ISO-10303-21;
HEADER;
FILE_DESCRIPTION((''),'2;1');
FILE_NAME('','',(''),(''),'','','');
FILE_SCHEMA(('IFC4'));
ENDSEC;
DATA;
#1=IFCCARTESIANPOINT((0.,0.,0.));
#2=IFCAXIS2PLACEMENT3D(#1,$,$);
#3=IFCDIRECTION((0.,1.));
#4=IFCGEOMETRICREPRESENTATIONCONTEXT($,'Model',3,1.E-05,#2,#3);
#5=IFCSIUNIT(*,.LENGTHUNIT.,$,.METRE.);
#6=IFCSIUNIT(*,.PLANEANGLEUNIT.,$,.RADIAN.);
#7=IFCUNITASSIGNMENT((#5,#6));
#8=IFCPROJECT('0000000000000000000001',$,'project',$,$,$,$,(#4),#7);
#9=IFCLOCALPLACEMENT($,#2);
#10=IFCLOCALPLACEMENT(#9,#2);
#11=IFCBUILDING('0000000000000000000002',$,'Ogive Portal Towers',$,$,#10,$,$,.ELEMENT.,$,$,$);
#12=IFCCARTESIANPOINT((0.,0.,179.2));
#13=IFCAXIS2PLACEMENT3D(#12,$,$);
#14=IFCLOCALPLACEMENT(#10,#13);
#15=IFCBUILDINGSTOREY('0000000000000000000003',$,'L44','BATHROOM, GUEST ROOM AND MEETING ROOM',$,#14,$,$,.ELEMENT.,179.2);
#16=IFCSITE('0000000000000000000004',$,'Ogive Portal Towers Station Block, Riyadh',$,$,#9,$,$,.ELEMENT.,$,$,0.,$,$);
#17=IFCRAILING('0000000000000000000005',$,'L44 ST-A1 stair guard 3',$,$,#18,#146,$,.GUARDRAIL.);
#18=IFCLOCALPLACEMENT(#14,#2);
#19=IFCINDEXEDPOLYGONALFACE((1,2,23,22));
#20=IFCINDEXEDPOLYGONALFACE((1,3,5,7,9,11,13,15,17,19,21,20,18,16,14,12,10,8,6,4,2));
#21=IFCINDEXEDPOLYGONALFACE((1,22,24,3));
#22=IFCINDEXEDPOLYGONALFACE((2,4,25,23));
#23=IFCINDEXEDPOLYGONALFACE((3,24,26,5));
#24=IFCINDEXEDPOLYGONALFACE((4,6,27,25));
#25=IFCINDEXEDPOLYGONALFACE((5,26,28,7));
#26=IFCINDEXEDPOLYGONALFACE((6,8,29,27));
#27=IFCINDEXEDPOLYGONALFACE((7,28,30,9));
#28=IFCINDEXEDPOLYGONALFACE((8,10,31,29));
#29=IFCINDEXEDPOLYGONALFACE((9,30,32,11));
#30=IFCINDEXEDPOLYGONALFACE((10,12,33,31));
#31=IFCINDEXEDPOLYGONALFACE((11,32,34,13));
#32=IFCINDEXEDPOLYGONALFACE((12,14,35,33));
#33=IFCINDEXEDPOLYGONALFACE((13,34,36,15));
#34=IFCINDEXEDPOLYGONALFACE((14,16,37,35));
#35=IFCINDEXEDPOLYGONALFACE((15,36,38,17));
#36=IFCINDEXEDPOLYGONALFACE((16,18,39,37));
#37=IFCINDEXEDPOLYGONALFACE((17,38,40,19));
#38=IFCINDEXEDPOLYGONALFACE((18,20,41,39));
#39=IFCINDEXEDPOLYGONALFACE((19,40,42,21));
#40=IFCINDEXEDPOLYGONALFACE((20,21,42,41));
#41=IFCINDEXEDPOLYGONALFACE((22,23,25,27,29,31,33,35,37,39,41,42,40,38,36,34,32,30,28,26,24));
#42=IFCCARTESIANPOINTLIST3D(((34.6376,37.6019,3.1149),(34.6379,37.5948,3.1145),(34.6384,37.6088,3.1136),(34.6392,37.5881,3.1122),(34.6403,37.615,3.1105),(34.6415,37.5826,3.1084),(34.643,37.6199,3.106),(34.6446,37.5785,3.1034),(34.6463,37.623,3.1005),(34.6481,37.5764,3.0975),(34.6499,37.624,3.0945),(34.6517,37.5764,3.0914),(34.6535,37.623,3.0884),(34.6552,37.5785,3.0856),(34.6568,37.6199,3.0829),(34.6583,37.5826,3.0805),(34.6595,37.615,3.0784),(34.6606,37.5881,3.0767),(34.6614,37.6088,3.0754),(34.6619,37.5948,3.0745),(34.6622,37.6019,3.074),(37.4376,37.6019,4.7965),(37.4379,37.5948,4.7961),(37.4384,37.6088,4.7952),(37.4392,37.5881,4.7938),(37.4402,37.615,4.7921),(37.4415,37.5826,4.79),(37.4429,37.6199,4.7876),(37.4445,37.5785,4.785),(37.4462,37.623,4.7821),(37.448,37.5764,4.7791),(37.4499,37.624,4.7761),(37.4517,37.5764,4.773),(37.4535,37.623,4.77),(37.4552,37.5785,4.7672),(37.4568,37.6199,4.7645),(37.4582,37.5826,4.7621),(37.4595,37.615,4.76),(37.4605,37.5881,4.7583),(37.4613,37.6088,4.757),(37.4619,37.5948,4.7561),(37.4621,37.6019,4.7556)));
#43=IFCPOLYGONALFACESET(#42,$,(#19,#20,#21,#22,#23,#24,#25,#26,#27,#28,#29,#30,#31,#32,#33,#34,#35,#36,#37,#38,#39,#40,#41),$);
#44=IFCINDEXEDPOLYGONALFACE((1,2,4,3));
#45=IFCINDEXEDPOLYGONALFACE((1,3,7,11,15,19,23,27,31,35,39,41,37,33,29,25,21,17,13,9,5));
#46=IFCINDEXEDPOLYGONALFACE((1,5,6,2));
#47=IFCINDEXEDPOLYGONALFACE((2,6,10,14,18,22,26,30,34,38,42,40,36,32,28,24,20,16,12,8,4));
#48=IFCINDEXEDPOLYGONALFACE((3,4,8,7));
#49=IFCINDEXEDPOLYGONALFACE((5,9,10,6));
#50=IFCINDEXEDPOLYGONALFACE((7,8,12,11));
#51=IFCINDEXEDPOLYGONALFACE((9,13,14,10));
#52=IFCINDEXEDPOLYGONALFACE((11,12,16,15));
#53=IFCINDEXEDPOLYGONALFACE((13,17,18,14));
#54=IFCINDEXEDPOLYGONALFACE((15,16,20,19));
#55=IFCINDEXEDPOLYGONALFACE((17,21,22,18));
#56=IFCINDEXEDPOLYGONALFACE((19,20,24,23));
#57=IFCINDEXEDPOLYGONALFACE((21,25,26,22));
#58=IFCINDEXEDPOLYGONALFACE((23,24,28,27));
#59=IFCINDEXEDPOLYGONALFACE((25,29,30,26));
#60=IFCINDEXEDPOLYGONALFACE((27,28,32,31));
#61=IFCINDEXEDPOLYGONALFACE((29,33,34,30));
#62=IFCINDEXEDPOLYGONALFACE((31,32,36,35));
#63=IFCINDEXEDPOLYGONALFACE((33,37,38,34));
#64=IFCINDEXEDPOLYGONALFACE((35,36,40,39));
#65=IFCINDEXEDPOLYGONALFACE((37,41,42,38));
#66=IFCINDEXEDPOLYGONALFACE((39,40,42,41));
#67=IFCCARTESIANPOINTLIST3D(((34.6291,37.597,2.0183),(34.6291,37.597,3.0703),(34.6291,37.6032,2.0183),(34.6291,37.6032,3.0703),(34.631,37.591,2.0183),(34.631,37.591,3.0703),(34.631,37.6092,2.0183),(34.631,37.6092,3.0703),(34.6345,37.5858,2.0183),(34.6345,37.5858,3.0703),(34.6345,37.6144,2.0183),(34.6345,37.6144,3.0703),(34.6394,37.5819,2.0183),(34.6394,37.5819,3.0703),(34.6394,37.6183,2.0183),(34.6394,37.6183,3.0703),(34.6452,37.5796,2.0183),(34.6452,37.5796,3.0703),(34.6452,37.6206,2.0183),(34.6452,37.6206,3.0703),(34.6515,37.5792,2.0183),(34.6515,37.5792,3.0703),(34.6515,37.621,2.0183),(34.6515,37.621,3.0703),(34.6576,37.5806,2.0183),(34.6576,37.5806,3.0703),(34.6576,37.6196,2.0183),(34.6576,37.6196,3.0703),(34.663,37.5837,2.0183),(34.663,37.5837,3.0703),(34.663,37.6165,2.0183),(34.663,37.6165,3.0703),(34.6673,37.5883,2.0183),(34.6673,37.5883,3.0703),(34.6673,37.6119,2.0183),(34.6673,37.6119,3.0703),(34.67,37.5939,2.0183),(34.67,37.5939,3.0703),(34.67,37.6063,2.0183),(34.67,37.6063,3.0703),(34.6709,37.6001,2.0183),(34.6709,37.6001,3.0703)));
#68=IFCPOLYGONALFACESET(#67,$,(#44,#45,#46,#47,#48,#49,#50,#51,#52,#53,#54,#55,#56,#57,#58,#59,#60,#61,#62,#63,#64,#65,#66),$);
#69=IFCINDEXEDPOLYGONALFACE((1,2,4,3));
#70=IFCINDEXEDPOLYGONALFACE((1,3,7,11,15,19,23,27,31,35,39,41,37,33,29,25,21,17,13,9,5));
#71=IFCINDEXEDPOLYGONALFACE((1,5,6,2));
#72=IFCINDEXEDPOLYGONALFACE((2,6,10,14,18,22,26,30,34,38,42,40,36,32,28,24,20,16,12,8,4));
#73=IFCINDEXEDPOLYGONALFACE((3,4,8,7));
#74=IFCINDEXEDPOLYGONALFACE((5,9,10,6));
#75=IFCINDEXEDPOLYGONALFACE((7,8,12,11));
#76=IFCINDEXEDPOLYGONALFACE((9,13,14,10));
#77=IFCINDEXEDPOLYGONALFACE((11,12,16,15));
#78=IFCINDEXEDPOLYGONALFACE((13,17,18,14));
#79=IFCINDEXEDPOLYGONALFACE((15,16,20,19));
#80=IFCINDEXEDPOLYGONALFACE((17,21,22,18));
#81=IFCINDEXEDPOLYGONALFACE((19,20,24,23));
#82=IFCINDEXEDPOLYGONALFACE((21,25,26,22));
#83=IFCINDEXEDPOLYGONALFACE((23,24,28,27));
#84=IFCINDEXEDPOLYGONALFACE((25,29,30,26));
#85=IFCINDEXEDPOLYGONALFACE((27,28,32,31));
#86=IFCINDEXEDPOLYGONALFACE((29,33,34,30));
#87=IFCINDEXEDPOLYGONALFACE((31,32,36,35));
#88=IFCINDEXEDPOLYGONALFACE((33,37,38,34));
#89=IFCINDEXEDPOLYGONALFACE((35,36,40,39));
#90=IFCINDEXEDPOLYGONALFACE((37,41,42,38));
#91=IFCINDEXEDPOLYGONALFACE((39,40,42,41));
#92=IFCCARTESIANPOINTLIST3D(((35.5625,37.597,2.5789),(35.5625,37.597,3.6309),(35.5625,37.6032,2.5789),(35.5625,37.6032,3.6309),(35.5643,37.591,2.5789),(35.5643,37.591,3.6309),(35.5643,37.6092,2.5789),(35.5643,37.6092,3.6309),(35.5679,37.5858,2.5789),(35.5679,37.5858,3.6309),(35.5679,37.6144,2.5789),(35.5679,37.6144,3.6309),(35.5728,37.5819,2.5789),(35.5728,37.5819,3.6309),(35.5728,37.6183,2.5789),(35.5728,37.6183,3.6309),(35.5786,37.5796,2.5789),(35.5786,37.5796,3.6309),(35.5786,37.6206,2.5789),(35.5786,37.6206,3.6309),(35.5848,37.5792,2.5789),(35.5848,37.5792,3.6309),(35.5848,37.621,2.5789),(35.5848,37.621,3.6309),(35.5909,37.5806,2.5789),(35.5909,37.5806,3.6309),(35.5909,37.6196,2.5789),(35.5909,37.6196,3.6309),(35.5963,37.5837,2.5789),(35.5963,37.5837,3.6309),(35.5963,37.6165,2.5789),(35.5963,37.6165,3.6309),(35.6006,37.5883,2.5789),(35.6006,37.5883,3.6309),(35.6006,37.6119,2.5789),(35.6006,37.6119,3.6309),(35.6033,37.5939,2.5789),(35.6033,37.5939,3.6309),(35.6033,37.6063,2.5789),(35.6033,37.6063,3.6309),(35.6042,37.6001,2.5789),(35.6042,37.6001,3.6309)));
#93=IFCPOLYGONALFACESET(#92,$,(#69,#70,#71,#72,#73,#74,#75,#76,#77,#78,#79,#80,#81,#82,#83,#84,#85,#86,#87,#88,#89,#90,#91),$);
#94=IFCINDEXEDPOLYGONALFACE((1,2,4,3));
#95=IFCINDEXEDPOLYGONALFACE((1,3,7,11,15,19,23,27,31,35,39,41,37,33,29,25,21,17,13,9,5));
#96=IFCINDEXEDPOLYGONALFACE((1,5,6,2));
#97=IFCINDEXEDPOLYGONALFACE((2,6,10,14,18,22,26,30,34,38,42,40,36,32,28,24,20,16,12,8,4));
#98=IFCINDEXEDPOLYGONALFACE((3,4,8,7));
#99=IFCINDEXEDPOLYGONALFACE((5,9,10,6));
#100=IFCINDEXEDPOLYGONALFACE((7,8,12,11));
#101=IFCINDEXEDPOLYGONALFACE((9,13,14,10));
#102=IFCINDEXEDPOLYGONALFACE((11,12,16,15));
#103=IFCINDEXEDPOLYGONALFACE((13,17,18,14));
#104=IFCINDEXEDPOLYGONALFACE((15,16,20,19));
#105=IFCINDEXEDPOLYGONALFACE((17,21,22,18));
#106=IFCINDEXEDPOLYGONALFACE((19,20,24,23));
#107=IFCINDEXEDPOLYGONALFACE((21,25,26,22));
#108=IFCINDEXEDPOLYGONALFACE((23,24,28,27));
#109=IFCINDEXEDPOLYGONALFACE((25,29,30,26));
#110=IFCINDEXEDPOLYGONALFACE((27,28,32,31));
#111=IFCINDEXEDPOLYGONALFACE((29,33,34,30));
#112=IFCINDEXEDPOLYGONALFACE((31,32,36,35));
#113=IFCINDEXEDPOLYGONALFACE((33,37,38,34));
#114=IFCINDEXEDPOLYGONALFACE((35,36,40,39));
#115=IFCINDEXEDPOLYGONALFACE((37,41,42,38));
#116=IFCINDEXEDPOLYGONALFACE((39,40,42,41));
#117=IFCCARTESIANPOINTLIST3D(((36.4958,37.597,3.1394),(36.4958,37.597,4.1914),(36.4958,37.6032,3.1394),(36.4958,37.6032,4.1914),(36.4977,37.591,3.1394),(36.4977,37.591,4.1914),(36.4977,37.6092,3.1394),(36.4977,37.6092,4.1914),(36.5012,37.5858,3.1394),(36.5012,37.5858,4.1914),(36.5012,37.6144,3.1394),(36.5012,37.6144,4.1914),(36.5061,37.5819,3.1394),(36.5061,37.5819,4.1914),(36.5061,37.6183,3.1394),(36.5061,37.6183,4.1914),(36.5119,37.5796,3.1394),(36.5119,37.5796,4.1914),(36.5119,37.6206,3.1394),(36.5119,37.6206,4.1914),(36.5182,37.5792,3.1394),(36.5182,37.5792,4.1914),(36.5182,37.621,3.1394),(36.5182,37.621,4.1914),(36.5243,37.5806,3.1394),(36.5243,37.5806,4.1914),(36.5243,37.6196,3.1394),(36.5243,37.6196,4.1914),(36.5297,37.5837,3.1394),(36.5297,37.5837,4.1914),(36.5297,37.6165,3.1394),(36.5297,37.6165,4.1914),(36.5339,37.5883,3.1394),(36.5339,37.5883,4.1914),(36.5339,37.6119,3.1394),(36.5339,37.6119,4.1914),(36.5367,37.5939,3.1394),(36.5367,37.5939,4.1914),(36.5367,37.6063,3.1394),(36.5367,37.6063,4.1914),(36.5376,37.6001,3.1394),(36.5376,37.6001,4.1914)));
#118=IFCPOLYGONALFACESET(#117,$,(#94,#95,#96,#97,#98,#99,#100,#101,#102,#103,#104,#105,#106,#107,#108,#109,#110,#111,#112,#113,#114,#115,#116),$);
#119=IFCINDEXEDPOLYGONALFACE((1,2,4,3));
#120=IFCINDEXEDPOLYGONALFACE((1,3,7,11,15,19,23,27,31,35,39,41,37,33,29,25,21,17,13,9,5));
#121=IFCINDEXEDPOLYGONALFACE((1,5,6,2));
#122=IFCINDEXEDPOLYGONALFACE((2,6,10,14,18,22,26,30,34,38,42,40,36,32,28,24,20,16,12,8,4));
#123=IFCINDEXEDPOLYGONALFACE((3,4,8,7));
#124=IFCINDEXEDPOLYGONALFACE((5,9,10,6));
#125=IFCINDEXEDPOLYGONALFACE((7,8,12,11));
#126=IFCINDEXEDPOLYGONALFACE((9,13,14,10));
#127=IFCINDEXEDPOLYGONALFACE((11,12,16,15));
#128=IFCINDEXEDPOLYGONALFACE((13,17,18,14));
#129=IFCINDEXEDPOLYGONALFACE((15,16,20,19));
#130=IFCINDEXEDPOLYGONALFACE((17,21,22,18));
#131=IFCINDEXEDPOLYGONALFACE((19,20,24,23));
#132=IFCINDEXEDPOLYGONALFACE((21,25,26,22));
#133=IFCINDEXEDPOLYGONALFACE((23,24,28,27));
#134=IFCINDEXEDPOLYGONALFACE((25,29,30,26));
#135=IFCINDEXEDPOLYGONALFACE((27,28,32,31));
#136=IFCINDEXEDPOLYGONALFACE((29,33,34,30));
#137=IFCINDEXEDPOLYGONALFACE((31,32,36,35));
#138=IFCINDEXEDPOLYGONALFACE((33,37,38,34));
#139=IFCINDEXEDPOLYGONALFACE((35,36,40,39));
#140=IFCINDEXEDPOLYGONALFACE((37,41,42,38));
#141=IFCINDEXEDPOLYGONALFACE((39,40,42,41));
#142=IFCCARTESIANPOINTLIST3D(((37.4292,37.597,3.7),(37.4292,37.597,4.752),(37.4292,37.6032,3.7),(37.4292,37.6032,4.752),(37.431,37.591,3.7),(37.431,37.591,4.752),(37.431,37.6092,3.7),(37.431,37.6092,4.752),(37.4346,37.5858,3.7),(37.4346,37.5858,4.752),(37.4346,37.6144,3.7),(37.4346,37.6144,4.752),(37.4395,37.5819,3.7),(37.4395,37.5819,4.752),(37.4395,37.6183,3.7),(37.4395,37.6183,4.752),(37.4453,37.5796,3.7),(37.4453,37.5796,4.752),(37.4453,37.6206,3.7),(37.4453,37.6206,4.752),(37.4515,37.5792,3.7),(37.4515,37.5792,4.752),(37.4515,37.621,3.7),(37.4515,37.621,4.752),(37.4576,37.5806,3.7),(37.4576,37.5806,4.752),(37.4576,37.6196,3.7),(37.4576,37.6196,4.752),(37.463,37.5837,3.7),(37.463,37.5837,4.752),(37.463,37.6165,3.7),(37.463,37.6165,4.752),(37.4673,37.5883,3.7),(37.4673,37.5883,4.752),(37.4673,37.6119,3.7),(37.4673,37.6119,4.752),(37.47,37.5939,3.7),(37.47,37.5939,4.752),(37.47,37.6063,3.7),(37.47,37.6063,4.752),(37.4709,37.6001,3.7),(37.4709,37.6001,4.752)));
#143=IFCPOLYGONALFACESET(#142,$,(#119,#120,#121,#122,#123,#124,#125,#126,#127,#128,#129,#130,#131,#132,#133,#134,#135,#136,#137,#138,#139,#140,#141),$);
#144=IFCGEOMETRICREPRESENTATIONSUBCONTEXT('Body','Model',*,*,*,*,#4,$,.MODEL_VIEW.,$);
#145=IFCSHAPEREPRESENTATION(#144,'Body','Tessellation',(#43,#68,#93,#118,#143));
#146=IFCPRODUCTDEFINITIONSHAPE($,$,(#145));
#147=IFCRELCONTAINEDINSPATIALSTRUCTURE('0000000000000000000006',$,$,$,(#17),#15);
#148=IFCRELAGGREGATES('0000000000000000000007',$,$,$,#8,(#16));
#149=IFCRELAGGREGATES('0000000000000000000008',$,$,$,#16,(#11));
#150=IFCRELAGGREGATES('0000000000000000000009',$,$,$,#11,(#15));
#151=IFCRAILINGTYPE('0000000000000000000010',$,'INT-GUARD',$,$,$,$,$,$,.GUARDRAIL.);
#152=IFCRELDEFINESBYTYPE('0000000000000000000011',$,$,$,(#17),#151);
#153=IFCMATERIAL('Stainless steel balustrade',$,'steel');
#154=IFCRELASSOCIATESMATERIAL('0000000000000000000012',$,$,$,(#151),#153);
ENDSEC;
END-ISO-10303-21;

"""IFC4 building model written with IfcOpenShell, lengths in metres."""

from ifc_helpers import new_model, si_unit, direction, frame, origin, origin_2d, place, context, subcontext, project, spatial, circle, extrude, material, type_object, element, save


model = new_model("IFC4")

# Units and contexts
model_context = context("Model", 3, precision=1e-05, world=origin(), true_north=direction((0.0, 1.0)))
body_context = subcontext(model_context, "Body", "Model", "MODEL_VIEW")
ifc_project = project(units=[si_unit("LENGTHUNIT", "METRE"), si_unit("PLANEANGLEUNIT", "RADIAN")], contexts=[model_context])

# Site, building, storey
site_placement = place(None, origin())
site = spatial("IfcSite", under=ifc_project, at=site_placement, Name="Ogive Portal Towers Station Block, Riyadh", CompositionType="ELEMENT", RefElevation=0.0)
building_placement = place(site_placement, origin())
building = spatial("IfcBuilding", under=site, at=building_placement, Name="Ogive Portal Towers", CompositionType="ELEMENT")
storey_placement = place(building_placement, frame((0.0, 0.0, 179.2)))
storey = spatial("IfcBuildingStorey", under=building, at=storey_placement, Name="L44", Description="BATHROOM, GUEST ROOM AND MEETING ROOM", CompositionType="ELEMENT", Elevation=179.2)

# Railing
ifc_material_1 = material(Name="Stainless steel balustrade", Category="steel")
railing_type_1 = type_object("IfcRailingType", Name="INT-GUARD", PredefinedType="GUARDRAIL", material=ifc_material_1)
railing_1_placement = place(storey_placement, frame((34.6499, 37.6001, 2.0183)))
element("IfcRailing", 1, at=railing_1_placement, inside=storey, type_object=railing_type_1, Name="L44 ST-A1 stair guard 3", PredefinedType="GUARDRAIL", context=body_context, shape_type="SweptSolid", body=[
    extrude(circle(Radius=0.0239, at=origin_2d()), frame((0.0, 0.0, 1.0762), z_axis=(0.857275, 0.0, 0.514858), x_axis=(0.0, 1.0, 0.0)), (0.0, 0.0, 1.0), 3.2661),
    extrude(circle(Radius=0.021, at=origin_2d()), origin(), (0.0, 0.0, 1.0), 1.052),
    extrude(circle(Radius=0.021, at=origin_2d()), frame((0.9333, 0.0, 0.5605)), (0.0, 0.0, 1.0), 1.052),
    extrude(circle(Radius=0.021, at=origin_2d()), frame((1.8667, 0.0, 1.1211)), (0.0, 0.0, 1.0), 1.052),
    extrude(circle(Radius=0.021, at=origin_2d()), frame((2.8, 0.0, 1.6816)), (0.0, 0.0, 1.0), 1.052),
])

save(model, "model.ifc")
